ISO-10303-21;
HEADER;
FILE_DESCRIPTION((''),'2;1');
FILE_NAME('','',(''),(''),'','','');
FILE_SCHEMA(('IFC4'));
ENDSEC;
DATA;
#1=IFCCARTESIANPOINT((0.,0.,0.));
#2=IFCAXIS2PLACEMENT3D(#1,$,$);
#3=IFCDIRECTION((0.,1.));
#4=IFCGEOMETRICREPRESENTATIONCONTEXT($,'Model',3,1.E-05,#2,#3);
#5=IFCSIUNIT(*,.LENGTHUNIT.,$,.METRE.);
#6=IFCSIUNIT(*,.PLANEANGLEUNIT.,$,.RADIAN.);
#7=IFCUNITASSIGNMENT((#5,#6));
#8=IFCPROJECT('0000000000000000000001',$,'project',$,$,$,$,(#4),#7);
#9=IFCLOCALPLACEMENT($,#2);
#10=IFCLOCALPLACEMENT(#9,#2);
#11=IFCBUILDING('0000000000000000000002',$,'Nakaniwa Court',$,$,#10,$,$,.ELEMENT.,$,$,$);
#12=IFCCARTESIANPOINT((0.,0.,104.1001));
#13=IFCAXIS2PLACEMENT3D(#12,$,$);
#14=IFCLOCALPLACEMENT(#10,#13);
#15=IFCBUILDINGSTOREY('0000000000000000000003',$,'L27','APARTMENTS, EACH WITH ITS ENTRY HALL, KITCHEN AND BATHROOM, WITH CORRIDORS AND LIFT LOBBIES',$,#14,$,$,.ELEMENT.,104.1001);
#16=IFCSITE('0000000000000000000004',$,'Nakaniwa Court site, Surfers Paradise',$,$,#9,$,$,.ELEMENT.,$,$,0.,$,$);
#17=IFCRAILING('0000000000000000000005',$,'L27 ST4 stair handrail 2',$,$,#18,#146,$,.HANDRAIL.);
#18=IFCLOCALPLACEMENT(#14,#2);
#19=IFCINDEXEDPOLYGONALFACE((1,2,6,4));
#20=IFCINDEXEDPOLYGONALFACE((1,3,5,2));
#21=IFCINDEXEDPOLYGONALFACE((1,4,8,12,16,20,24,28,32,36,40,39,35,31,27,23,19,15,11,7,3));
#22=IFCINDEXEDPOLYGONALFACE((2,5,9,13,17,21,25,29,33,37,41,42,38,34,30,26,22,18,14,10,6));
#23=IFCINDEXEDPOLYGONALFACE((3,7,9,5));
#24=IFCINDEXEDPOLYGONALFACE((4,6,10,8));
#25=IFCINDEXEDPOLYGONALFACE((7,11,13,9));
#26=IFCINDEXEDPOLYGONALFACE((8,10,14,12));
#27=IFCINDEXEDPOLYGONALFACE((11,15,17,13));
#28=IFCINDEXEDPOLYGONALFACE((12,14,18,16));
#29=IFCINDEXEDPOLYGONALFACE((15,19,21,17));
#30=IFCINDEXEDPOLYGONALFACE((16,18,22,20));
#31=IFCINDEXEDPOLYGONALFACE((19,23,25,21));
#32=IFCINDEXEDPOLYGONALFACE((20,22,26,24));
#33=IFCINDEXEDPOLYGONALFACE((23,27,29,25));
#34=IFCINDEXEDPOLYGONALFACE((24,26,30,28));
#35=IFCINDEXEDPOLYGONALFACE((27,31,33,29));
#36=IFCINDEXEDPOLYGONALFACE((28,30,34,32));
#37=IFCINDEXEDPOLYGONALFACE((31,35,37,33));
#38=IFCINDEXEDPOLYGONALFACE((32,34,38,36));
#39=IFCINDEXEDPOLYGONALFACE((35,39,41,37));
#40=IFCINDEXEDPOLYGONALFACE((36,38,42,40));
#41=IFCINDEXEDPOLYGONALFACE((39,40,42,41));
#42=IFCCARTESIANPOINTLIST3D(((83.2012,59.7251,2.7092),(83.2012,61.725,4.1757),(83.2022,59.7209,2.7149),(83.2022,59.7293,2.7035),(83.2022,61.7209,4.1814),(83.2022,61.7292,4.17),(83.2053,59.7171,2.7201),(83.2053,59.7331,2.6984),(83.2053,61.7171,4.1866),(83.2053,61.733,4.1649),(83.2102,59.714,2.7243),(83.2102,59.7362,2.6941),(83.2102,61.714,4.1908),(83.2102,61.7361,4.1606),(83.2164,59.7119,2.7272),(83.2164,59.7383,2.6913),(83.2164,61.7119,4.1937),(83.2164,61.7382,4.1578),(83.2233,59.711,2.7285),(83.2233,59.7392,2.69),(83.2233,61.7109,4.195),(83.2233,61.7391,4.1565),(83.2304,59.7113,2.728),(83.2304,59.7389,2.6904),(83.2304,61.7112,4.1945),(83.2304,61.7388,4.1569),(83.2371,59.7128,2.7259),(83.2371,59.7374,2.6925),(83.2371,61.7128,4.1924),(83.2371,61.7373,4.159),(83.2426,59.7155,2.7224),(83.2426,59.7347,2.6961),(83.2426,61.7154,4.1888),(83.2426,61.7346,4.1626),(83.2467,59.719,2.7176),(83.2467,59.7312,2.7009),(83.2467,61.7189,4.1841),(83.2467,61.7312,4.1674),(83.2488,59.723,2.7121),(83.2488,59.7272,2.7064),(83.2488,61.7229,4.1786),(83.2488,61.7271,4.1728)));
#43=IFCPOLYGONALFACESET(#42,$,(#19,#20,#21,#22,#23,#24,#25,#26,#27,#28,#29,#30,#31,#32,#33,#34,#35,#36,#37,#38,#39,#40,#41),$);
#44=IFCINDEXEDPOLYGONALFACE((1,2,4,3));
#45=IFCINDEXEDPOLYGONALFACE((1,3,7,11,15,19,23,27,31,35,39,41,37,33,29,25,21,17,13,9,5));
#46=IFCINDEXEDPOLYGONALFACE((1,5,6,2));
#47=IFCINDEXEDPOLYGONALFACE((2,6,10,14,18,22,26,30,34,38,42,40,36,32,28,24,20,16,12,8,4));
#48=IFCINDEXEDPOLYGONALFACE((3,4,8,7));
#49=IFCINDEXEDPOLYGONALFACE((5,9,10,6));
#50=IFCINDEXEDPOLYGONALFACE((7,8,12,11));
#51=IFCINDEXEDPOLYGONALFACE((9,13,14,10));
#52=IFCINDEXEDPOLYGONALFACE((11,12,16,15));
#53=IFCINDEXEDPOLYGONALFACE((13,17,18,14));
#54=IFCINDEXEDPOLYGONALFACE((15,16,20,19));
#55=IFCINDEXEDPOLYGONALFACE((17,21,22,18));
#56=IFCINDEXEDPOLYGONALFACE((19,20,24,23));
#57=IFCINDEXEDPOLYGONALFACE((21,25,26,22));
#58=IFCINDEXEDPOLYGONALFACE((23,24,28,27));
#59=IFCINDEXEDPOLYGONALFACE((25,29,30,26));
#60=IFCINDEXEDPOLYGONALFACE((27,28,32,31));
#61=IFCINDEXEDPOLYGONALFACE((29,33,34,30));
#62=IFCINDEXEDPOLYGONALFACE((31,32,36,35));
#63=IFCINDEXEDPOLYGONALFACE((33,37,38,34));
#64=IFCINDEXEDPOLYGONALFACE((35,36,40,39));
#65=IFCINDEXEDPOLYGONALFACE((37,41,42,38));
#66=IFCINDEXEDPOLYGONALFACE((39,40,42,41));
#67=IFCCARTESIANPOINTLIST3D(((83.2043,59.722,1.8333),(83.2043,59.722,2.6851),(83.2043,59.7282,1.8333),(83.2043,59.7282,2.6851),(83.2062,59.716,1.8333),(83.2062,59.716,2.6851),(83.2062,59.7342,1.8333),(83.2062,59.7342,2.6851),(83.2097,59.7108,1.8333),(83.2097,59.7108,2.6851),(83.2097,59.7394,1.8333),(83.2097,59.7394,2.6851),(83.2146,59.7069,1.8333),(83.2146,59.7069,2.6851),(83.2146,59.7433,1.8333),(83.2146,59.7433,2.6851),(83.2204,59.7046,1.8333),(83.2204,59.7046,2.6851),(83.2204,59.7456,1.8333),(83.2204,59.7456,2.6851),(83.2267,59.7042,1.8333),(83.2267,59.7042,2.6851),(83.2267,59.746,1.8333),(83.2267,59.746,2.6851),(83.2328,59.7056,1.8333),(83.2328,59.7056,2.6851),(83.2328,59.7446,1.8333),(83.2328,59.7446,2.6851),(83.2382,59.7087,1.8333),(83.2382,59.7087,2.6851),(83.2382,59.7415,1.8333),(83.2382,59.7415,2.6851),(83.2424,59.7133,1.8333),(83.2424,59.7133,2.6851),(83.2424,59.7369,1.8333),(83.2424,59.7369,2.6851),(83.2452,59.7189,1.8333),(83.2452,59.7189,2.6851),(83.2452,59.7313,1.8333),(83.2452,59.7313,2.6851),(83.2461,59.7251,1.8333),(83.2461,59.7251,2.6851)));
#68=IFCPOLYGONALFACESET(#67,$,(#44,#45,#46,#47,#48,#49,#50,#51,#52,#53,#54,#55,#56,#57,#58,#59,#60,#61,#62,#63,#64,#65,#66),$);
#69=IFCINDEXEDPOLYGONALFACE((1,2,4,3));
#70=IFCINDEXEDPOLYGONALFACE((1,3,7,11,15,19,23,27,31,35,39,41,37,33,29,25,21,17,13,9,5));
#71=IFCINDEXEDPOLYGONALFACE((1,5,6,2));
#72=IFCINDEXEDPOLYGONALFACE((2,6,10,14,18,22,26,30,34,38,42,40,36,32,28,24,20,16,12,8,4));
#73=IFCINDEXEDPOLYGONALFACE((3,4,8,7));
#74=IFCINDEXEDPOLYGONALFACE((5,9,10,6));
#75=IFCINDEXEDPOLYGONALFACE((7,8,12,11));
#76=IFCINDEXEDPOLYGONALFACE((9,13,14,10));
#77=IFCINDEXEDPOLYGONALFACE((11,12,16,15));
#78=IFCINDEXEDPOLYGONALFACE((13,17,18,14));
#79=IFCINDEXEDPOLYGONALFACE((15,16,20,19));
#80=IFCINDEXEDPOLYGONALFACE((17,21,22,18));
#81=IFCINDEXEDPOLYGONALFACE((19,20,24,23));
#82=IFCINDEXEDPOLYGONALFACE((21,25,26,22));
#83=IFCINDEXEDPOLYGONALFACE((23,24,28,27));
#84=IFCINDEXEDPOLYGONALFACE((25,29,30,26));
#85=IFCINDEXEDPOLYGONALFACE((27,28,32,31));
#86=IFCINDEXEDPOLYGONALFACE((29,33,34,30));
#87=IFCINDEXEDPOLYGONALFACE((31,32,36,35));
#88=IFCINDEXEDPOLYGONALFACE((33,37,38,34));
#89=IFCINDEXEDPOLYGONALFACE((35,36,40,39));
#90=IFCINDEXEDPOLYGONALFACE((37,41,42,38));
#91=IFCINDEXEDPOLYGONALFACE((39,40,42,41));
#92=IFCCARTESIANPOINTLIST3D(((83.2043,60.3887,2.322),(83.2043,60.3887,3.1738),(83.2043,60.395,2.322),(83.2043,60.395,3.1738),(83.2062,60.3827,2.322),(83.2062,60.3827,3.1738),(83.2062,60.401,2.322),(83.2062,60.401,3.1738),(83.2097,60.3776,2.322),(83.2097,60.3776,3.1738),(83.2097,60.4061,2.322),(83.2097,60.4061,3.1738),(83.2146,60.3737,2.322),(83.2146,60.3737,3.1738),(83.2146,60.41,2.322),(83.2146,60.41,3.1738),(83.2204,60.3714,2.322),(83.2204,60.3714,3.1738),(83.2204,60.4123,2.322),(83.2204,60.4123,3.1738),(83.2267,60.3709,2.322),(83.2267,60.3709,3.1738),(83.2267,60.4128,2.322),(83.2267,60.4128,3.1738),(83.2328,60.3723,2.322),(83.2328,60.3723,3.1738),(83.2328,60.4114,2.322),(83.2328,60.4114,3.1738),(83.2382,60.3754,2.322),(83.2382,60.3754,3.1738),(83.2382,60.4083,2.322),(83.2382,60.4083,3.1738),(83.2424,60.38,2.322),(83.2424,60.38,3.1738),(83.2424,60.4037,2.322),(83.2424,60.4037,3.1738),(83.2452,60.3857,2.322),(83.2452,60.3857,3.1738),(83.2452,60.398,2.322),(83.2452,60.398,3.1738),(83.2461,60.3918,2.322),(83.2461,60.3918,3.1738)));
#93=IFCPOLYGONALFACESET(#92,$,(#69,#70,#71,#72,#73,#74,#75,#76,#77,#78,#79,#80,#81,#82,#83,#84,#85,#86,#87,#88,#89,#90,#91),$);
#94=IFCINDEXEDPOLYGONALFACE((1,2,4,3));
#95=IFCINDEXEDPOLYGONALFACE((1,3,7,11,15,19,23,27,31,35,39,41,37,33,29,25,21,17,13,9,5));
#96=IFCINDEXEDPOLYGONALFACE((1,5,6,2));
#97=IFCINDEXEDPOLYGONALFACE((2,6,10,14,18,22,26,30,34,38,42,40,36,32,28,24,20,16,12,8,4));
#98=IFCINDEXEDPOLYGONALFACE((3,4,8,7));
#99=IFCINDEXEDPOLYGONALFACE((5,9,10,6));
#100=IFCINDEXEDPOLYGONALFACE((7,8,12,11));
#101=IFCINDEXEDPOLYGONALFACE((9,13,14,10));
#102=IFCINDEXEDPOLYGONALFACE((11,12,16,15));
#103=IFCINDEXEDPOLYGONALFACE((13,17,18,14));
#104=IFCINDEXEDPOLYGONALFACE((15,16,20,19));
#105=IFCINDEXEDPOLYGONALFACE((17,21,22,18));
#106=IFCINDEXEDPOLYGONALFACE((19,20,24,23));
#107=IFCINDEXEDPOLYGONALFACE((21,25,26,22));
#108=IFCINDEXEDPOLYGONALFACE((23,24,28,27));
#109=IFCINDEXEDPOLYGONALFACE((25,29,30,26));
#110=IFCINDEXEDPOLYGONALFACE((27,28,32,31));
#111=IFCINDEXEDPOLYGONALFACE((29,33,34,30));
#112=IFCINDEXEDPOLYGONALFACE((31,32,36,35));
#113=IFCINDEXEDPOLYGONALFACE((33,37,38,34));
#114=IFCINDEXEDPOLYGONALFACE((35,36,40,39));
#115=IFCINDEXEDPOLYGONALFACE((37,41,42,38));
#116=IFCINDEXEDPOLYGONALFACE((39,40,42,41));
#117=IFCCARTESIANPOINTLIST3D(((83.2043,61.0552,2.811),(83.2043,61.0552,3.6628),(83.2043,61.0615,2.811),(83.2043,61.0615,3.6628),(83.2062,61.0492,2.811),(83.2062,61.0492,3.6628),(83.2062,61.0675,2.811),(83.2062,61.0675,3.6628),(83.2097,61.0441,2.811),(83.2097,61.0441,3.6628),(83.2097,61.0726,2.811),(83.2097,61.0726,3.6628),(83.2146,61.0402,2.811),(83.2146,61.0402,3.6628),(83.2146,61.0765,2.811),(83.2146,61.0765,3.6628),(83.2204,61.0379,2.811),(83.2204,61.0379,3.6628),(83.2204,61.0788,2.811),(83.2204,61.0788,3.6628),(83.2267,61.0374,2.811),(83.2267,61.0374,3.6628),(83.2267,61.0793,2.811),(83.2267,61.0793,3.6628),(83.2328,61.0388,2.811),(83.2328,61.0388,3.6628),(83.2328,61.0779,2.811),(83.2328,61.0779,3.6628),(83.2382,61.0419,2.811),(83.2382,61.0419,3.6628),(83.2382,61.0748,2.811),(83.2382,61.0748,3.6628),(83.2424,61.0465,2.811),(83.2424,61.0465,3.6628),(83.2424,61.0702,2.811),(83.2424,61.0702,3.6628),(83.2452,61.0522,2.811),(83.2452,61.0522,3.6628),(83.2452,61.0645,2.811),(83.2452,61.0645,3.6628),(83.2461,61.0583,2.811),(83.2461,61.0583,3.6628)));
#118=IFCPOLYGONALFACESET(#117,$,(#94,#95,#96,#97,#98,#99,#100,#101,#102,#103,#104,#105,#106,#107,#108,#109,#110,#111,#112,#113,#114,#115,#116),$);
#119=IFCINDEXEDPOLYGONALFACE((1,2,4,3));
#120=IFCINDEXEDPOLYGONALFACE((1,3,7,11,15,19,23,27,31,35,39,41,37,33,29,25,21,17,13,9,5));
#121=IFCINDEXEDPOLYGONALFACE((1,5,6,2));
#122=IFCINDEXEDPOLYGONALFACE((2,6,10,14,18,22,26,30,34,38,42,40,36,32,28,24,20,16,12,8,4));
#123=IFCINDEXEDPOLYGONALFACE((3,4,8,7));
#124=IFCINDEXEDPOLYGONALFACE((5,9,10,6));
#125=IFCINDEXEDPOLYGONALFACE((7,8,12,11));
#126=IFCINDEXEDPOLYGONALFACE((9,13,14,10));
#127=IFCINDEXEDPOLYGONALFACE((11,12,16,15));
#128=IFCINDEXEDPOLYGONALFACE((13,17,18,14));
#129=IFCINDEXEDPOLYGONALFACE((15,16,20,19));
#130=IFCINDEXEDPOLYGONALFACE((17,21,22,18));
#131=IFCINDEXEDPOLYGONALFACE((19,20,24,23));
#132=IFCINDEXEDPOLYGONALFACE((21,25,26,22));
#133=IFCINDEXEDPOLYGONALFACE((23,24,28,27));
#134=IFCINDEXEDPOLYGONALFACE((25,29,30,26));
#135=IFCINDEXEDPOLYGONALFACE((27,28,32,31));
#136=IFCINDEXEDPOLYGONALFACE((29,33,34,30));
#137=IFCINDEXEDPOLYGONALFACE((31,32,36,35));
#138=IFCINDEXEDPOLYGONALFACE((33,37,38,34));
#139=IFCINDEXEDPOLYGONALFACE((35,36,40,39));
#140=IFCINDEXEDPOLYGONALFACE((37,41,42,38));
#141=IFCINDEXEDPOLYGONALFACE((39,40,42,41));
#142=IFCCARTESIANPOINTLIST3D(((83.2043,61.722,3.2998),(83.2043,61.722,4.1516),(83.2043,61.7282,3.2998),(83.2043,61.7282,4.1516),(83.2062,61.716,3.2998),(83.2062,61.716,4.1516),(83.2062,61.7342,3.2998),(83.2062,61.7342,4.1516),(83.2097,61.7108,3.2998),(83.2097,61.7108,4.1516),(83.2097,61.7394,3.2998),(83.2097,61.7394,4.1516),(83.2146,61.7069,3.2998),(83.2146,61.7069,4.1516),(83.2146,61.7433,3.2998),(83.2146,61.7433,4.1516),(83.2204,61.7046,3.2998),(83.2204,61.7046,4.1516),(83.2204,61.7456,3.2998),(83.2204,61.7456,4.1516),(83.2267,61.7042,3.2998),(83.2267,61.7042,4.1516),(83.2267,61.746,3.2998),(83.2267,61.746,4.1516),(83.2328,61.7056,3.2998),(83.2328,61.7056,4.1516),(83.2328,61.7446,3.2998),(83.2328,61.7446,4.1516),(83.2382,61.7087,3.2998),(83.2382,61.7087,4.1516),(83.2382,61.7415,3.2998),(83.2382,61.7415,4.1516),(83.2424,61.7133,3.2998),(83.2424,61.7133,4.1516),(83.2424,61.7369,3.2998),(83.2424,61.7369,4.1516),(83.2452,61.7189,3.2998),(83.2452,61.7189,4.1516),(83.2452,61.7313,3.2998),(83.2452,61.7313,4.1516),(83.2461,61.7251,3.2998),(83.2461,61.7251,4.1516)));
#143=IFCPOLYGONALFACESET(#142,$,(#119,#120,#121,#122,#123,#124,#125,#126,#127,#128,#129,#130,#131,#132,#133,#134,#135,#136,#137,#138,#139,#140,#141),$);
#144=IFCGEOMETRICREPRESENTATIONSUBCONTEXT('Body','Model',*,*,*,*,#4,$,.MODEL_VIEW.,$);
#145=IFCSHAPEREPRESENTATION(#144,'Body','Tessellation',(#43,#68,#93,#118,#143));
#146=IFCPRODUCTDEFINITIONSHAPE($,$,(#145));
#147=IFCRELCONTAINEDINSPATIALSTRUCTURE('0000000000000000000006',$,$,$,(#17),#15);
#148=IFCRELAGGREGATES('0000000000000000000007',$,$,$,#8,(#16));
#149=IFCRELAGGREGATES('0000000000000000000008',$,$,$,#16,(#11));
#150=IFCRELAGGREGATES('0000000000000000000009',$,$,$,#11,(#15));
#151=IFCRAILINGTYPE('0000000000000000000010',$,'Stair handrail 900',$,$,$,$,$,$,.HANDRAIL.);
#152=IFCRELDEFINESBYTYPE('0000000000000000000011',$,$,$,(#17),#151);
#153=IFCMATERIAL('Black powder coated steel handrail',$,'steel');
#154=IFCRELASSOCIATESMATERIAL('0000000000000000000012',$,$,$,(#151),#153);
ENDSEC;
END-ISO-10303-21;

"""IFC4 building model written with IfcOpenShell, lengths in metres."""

from ifc_helpers import new_model, si_unit, direction, frame, origin, origin_2d, place, context, subcontext, project, spatial, circle, extrude, material, type_object, element, save


model = new_model("IFC4")

# Units and contexts
model_context = context("Model", 3, precision=1e-05, world=origin(), true_north=direction((0.0, 1.0)))
body_context = subcontext(model_context, "Body", "Model", "MODEL_VIEW")
ifc_project = project(units=[si_unit("LENGTHUNIT", "METRE"), si_unit("PLANEANGLEUNIT", "RADIAN")], contexts=[model_context])

# Site, building, storey
site_placement = place(None, origin())
site = spatial("IfcSite", under=ifc_project, at=site_placement, Name="Nakaniwa Court site, Surfers Paradise", CompositionType="ELEMENT", RefElevation=0.0)
building_placement = place(site_placement, origin())
building = spatial("IfcBuilding", under=site, at=building_placement, Name="Nakaniwa Court", CompositionType="ELEMENT")
storey_placement = place(building_placement, frame((0.0, 0.0, 104.1001)))
storey = spatial("IfcBuildingStorey", under=building, at=storey_placement, Name="L27", Description="APARTMENTS, EACH WITH ITS ENTRY HALL, KITCHEN AND BATHROOM, WITH CORRIDORS AND LIFT LOBBIES", CompositionType="ELEMENT", Elevation=104.1001)

# Railing
ifc_material_1 = material(Name="Black powder coated steel handrail", Category="steel")
railing_type_1 = type_object("IfcRailingType", Name="Stair handrail 900", PredefinedType="HANDRAIL", material=ifc_material_1)
railing_1_placement = place(storey_placement, frame((83.2251, 59.7251, 1.8333)))
element("IfcRailing", 1, at=railing_1_placement, inside=storey, type_object=railing_type_1, Name="L27 ST4 stair handrail 2", PredefinedType="HANDRAIL", context=body_context, shape_type="SweptSolid", body=[
    extrude(circle(Radius=0.0239, at=origin_2d()), frame((0.0, 0.0, 0.876), z_axis=(0.0, 0.806427, 0.591334), x_axis=(-1.0, 0.0, 0.0)), (0.0, 0.0, 1.0), 2.48),
    extrude(circle(Radius=0.021, at=origin_2d()), origin(), (0.0, 0.0, 1.0), 0.8518),
    extrude(circle(Radius=0.021, at=origin_2d()), frame((0.0, 0.6667, 0.4888)), (0.0, 0.0, 1.0), 0.8518),
    extrude(circle(Radius=0.021, at=origin_2d()), frame((0.0, 1.3333, 0.9778)), (0.0, 0.0, 1.0), 0.8518),
    extrude(circle(Radius=0.021, at=origin_2d()), frame((0.0, 2.0, 1.4666)), (0.0, 0.0, 1.0), 0.8518),
])

save(model, "model.ifc")
